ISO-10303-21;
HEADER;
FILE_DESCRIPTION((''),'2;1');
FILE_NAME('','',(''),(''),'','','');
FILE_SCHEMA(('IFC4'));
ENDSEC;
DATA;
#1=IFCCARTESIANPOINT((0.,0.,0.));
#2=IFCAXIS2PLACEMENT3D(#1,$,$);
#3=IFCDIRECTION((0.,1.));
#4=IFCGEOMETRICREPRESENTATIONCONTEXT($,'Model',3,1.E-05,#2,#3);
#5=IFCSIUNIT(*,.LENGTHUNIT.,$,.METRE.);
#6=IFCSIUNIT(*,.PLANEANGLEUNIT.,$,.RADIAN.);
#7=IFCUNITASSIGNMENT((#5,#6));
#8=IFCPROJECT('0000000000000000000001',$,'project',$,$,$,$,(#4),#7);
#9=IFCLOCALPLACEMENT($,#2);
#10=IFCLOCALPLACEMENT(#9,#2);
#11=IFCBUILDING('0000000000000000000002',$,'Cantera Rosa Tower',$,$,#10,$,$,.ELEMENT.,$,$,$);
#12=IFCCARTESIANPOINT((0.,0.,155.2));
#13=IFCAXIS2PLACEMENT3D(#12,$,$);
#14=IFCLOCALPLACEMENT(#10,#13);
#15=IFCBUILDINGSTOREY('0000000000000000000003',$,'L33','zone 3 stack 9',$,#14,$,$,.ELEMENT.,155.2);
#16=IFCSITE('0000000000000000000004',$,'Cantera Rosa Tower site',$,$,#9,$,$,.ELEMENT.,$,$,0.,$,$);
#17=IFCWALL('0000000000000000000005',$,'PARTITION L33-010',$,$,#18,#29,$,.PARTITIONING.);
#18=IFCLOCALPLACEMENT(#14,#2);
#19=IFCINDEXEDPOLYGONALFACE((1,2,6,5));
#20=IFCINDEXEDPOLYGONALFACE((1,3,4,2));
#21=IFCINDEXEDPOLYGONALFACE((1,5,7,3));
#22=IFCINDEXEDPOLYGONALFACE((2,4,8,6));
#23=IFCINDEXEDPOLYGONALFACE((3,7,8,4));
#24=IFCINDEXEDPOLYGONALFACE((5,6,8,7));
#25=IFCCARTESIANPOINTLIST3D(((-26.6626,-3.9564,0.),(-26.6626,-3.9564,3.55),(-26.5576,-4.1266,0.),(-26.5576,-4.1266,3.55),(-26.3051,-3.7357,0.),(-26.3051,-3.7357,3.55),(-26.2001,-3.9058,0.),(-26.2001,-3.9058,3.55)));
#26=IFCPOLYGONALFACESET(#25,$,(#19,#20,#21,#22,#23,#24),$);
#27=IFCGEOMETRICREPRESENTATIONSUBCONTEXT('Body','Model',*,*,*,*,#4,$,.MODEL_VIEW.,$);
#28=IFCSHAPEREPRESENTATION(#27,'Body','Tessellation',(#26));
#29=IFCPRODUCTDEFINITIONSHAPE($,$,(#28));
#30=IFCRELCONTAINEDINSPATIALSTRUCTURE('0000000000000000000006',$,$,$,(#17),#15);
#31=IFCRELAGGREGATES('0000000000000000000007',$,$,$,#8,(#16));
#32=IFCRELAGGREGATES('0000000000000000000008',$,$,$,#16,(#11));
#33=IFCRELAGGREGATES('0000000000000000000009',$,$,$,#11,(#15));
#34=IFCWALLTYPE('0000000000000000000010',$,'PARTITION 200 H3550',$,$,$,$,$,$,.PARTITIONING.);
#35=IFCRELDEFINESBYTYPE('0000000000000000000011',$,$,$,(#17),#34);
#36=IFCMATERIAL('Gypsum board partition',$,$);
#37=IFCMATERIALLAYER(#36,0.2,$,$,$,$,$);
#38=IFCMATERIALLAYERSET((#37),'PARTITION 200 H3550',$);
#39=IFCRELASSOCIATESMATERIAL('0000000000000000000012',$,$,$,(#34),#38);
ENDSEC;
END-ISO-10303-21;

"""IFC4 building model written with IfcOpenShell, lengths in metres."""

from ifc_helpers import new_model, si_unit, direction, frame, frame_2d, origin, place, context, subcontext, project, spatial, rectangle, extrude, material, layer, layer_set, type_object, element, save


model = new_model("IFC4")

# Units and contexts
model_context = context("Model", 3, precision=1e-05, world=origin(), true_north=direction((0.0, 1.0)))
body_context = subcontext(model_context, "Body", "Model", "MODEL_VIEW")
ifc_project = project(units=[si_unit("LENGTHUNIT", "METRE"), si_unit("PLANEANGLEUNIT", "RADIAN")], contexts=[model_context])

# Site, building, storey
site_placement = place(None, origin())
site = spatial("IfcSite", under=ifc_project, at=site_placement, Name="Cantera Rosa Tower site", CompositionType="ELEMENT", RefElevation=0.0)
building_placement = place(site_placement, origin())
building = spatial("IfcBuilding", under=site, at=building_placement, Name="Cantera Rosa Tower", CompositionType="ELEMENT")
storey_placement = place(building_placement, frame((0.0, 0.0, 155.2)))
storey = spatial("IfcBuildingStorey", under=building, at=storey_placement, Name="L33", Description="zone 3 stack 9", CompositionType="ELEMENT", Elevation=155.2)

# Shared definitions
ifc_material_1 = material(Name="Gypsum board partition")
ifc_layer_1 = layer(ifc_material_1, 0.2)
ifc_layer_set_1 = layer_set([ifc_layer_1], Name="PARTITION 200 H3550")
wall_type_1 = type_object("IfcWallType", Name="PARTITION 200 H3550", PredefinedType="PARTITIONING", material=ifc_layer_set_1)

# Wall
wall_1_placement = place(storey_placement, frame((-26.2527, -3.8208, 0.0), z_axis=(0.0, 0.0, 1.0), x_axis=(-0.850859, -0.525394, 0.0)))
element("IfcWall", 1, at=wall_1_placement, inside=storey, type_object=wall_type_1, Name="PARTITION L33-010", PredefinedType="PARTITIONING", context=body_context, shape_type="SweptSolid", body=[
    extrude(rectangle(XDim=0.4202, YDim=0.2, at=frame_2d((0.21, 0.0))), origin(), (0.0, 0.0, 1.0), 3.55),
])

save(model, "model.ifc")
